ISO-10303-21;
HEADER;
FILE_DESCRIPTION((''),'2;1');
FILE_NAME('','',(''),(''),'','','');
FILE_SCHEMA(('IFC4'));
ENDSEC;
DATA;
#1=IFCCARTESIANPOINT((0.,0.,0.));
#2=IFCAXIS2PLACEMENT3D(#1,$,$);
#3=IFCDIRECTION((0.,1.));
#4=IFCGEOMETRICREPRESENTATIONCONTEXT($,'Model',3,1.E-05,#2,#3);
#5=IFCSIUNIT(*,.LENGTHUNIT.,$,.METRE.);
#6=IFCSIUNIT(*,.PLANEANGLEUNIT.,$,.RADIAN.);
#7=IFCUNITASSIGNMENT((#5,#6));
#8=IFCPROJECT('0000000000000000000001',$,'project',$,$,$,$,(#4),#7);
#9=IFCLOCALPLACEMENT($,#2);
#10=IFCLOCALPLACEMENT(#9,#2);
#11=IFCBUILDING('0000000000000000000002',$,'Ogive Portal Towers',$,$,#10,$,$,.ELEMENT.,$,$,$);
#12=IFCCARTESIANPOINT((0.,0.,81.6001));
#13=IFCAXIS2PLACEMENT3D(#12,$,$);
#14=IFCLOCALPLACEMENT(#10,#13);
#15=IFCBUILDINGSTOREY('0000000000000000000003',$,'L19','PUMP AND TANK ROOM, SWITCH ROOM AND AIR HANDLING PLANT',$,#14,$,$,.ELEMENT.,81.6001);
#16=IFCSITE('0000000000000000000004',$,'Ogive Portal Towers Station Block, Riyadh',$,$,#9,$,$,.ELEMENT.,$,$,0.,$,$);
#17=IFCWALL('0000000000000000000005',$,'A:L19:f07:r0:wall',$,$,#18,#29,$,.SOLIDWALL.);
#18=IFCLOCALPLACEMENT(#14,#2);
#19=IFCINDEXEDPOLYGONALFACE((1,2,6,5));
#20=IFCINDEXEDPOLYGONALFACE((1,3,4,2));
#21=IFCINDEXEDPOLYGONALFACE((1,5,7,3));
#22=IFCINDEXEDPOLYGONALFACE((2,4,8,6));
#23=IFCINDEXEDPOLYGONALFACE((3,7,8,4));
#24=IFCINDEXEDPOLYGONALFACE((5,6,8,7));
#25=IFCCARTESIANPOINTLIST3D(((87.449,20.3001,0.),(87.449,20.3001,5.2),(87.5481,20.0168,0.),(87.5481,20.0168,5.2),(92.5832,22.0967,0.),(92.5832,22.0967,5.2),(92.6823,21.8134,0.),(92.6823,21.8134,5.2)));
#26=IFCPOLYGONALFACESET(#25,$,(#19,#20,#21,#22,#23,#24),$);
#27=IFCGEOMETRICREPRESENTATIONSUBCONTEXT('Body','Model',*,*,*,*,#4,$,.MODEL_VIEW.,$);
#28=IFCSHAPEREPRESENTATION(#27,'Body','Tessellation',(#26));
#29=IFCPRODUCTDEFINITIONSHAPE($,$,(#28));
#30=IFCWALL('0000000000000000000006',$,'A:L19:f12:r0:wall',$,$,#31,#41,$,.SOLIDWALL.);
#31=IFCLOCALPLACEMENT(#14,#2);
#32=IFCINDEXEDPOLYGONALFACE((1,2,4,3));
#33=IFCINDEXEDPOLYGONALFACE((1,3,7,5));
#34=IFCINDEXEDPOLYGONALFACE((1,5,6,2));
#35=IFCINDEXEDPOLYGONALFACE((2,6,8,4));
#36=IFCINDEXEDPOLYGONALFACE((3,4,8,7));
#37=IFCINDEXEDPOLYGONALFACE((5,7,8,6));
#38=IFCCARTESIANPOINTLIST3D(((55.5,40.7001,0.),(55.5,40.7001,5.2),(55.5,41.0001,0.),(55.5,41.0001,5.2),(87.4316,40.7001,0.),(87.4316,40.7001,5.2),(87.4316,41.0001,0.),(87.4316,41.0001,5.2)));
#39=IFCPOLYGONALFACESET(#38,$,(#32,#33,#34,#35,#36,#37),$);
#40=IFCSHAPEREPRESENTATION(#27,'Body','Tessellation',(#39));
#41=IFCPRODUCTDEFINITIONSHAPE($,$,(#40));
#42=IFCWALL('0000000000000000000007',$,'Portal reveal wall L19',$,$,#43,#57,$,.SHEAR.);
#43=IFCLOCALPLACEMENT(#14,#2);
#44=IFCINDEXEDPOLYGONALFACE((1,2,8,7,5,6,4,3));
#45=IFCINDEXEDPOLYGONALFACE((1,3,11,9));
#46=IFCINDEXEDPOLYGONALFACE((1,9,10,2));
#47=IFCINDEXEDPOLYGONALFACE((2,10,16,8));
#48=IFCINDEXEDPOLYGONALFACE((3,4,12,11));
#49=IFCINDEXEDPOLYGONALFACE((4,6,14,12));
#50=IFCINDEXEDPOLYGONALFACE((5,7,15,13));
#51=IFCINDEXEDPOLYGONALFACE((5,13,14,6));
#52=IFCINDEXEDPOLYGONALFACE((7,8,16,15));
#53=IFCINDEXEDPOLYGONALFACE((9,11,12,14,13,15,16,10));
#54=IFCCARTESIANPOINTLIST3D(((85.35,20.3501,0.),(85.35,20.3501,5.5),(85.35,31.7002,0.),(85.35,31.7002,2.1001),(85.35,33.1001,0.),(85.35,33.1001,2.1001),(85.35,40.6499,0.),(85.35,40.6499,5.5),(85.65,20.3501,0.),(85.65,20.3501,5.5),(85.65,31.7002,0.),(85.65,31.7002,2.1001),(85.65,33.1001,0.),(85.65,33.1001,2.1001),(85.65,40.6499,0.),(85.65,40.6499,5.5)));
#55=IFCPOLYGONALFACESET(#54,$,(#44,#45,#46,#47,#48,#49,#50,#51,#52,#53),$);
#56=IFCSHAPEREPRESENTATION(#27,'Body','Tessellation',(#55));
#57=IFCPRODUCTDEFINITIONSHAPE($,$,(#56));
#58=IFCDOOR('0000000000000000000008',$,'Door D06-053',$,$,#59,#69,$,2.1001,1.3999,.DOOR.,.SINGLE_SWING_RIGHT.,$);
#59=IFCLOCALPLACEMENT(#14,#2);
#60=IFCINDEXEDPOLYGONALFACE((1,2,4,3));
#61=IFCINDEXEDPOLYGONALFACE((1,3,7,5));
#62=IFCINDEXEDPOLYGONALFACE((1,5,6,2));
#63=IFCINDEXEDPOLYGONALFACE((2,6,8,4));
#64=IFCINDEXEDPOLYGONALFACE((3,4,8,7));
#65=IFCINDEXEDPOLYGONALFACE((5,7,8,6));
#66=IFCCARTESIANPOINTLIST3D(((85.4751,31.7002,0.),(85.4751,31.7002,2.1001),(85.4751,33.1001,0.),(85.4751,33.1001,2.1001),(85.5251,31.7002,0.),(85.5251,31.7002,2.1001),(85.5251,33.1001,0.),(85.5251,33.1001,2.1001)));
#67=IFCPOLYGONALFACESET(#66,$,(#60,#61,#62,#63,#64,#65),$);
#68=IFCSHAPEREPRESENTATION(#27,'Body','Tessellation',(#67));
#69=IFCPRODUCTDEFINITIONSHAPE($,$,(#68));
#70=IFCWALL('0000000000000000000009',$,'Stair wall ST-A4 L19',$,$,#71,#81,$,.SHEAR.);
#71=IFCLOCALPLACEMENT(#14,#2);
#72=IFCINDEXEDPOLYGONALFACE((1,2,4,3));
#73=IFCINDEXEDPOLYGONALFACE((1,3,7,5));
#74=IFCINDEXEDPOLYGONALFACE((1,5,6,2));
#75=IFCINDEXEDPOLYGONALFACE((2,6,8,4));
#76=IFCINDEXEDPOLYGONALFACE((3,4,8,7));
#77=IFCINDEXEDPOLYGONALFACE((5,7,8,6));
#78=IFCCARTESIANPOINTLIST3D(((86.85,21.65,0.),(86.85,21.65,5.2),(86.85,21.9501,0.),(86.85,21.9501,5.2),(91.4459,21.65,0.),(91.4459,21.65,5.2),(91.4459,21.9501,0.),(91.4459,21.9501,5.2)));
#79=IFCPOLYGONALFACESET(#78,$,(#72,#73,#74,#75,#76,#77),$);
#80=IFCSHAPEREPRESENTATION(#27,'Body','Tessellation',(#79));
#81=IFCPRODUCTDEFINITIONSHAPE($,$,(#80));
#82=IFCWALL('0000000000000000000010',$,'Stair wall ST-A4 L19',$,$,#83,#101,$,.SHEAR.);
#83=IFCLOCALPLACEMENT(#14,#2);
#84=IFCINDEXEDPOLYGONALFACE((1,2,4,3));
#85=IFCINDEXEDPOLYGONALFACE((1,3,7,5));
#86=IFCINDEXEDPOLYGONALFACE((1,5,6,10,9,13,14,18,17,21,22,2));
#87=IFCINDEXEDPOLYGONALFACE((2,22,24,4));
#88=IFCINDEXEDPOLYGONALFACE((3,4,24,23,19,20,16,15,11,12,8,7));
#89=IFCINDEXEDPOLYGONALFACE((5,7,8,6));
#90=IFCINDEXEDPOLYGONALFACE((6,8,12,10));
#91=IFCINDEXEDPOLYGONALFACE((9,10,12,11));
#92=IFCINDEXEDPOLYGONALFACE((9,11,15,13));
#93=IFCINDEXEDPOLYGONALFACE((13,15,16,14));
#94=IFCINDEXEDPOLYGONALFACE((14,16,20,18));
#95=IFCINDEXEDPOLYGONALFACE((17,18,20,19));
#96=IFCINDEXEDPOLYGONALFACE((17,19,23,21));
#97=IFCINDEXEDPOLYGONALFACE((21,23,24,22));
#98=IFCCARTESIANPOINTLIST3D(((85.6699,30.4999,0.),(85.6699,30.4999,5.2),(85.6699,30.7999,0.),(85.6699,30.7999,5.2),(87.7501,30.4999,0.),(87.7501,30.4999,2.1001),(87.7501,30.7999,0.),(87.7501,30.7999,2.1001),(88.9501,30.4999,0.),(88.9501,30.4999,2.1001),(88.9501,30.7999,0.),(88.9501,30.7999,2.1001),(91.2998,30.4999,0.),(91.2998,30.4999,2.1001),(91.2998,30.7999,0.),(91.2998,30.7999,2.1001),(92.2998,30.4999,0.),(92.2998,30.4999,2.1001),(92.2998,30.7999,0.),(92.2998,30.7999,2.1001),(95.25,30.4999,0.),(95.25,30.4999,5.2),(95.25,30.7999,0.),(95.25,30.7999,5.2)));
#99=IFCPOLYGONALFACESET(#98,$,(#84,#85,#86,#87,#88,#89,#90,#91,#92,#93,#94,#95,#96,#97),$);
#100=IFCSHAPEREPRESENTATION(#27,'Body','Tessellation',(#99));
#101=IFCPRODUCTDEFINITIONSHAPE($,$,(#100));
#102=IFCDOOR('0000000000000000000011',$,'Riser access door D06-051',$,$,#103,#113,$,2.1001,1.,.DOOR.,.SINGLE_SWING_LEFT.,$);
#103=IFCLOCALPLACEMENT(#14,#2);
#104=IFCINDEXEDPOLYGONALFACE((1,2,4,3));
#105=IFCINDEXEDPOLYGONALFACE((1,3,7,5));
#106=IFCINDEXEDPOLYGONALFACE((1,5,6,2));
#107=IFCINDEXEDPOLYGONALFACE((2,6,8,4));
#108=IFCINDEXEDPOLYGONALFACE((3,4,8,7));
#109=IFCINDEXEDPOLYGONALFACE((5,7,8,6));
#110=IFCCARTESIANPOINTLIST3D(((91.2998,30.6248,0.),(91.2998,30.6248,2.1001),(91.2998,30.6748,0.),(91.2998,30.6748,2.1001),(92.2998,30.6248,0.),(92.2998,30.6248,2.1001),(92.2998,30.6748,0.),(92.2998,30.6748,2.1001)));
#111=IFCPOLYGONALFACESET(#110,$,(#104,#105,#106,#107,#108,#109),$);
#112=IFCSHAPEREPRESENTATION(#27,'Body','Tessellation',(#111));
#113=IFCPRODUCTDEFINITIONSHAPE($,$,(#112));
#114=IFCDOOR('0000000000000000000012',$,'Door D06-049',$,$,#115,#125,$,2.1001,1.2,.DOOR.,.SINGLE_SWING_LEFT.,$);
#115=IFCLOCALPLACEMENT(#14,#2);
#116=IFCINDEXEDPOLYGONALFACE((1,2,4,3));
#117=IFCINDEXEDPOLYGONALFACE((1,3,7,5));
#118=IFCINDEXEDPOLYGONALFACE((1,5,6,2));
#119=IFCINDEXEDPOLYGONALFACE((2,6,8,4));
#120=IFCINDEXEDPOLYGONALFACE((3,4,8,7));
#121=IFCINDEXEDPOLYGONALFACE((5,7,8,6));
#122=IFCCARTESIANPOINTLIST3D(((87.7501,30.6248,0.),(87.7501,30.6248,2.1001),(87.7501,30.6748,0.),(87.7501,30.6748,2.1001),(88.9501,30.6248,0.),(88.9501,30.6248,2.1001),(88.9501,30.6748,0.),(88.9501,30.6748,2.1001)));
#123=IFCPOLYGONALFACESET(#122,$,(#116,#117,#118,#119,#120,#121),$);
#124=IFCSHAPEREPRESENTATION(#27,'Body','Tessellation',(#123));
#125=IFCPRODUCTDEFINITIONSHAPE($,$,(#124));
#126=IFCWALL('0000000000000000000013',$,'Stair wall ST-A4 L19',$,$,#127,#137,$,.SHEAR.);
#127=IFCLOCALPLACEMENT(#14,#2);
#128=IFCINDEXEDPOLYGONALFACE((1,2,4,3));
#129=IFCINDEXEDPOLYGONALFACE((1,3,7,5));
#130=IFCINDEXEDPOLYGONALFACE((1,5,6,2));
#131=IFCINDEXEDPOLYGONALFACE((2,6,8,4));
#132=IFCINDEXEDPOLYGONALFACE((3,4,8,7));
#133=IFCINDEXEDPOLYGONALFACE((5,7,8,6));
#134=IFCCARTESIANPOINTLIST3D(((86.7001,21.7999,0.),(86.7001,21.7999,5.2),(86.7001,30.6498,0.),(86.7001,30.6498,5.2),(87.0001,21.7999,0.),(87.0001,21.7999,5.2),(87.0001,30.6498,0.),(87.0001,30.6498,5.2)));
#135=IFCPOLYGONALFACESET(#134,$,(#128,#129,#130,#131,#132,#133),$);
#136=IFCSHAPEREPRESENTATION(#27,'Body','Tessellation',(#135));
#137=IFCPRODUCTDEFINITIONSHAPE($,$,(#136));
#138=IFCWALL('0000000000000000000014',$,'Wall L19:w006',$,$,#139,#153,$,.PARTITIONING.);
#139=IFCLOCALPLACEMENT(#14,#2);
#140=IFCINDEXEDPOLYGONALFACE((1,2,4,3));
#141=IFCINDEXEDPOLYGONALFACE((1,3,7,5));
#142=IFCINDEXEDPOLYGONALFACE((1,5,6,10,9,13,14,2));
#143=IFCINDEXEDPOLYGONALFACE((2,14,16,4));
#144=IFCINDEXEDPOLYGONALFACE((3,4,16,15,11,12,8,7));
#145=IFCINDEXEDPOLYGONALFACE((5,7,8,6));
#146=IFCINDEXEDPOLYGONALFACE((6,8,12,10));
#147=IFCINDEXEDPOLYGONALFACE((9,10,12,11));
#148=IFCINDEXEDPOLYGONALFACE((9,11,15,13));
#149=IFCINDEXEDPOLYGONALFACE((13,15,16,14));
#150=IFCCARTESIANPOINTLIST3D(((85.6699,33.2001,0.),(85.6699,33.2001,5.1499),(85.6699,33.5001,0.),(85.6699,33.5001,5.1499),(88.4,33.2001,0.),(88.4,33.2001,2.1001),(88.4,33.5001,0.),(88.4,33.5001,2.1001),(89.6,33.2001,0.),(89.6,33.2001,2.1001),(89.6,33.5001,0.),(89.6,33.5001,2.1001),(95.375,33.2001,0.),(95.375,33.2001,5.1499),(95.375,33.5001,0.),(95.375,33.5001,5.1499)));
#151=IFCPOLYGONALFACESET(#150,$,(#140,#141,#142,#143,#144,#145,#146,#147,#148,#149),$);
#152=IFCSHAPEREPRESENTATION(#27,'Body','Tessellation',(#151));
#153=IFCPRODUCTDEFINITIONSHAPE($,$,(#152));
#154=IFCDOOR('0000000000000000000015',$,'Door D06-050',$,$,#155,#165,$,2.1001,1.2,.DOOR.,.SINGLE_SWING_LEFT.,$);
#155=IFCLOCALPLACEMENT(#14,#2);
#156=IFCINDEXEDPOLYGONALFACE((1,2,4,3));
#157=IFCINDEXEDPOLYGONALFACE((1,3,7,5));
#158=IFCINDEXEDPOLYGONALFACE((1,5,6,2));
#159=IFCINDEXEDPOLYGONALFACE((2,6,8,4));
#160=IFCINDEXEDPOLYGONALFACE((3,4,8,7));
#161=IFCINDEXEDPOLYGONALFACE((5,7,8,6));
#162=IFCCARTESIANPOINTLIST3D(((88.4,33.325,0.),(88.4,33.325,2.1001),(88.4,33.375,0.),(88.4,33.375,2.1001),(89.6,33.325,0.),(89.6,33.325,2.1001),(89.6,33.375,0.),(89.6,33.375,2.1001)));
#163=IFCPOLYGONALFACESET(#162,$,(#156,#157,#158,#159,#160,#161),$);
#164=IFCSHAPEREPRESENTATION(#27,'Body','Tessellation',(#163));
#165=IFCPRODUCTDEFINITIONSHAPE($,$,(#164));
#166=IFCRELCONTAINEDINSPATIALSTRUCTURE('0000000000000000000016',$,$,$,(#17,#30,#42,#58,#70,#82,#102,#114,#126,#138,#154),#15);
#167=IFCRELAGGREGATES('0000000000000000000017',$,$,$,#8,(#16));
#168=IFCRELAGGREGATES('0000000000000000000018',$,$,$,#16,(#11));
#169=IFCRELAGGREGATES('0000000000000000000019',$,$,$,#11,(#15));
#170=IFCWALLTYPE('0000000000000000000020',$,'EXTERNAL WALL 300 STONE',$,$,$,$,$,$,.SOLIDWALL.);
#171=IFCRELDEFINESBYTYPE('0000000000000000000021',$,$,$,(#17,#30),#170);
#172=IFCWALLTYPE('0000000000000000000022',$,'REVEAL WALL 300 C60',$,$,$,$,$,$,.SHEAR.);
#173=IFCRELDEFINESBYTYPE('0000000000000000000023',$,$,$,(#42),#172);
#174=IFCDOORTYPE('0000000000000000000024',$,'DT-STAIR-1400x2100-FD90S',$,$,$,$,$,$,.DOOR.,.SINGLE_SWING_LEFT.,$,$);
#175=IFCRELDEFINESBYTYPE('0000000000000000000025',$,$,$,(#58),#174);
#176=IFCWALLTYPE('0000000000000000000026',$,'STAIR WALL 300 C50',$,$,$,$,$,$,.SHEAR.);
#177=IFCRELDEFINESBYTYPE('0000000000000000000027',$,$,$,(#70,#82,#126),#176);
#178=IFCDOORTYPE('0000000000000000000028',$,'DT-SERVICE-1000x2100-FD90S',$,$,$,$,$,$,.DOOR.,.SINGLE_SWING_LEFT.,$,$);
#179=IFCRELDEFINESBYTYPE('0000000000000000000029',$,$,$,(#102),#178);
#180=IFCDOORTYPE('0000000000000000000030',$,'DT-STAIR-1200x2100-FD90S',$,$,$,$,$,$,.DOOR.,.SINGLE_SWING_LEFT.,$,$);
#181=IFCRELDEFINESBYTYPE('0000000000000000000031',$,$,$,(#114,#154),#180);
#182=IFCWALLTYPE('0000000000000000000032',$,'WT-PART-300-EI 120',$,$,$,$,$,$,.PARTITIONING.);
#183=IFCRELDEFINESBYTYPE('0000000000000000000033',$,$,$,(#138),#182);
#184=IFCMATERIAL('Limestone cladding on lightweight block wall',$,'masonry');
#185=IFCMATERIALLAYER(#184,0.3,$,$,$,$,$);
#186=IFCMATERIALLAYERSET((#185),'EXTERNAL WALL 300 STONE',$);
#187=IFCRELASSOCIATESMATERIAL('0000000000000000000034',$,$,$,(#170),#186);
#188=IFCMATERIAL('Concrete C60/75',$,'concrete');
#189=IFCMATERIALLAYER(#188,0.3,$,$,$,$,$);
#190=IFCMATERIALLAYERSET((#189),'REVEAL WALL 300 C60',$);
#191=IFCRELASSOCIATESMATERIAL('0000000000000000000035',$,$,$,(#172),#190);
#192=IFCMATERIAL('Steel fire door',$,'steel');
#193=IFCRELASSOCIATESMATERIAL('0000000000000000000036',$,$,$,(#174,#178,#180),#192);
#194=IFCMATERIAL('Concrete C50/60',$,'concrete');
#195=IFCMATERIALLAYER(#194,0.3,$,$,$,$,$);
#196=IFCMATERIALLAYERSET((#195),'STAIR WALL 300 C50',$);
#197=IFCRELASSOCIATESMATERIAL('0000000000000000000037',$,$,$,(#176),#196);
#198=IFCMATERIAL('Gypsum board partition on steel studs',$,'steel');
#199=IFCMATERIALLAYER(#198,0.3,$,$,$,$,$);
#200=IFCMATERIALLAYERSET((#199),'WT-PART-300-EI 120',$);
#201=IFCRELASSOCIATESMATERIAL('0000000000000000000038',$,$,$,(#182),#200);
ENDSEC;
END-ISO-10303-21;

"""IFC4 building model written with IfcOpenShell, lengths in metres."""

from ifc_helpers import new_model, si_unit, direction, frame, frame_2d, origin, place, context, subcontext, project, spatial, rectangle, extrude, material, layer, layer_set, type_object, element, fill, save


model = new_model("IFC4")

# Units and contexts
model_context = context("Model", 3, precision=1e-05, world=origin(), true_north=direction((0.0, 1.0)))
body_context = subcontext(model_context, "Body", "Model", "MODEL_VIEW")
ifc_project = project(units=[si_unit("LENGTHUNIT", "METRE"), si_unit("PLANEANGLEUNIT", "RADIAN")], contexts=[model_context])

# Site, building, storey
site_placement = place(None, origin())
site = spatial("IfcSite", under=ifc_project, at=site_placement, Name="Ogive Portal Towers Station Block, Riyadh", CompositionType="ELEMENT", RefElevation=0.0)
building_placement = place(site_placement, origin())
building = spatial("IfcBuilding", under=site, at=building_placement, Name="Ogive Portal Towers", CompositionType="ELEMENT")
storey_placement = place(building_placement, frame((0.0, 0.0, 81.6001)))
storey = spatial("IfcBuildingStorey", under=building, at=storey_placement, Name="L19", Description="PUMP AND TANK ROOM, SWITCH ROOM AND AIR HANDLING PLANT", CompositionType="ELEMENT", Elevation=81.6001)

# Shared definitions
ifc_material_1 = material(Name="Concrete C60/75", Category="concrete")

# Walls
ifc_material_2 = material(Name="Limestone cladding on lightweight block wall", Category="masonry")
ifc_layer_1 = layer(ifc_material_2, 0.3)
ifc_layer_set_1 = layer_set([ifc_layer_1], Name="EXTERNAL WALL 300 STONE")
wall_type_1 = type_object("IfcWallType", Name="EXTERNAL WALL 300 STONE", PredefinedType="SOLIDWALL", material=ifc_layer_set_1)
wall_1_placement = place(storey_placement, frame((87.4985, 20.1584, 0.0), z_axis=(0.0, 0.0, 1.0), x_axis=(0.943879, 0.33029, 0.0)))
element("IfcWall", 1, at=wall_1_placement, inside=storey, type_object=wall_type_1, Name="A:L19:f07:r0:wall", PredefinedType="SOLIDWALL", context=body_context, shape_type="SweptSolid", body=[
    extrude(rectangle(XDim=5.4395, YDim=0.3, at=frame_2d((2.7197, 0.0))), origin(), (0.0, 0.0, 1.0), 5.2),
])
wall_2_placement = place(storey_placement, frame((87.4316, 40.8501, 0.0), z_axis=(0.0, 0.0, 1.0), x_axis=(-1.0, 0.0, 0.0)))
element("IfcWall", 2, at=wall_2_placement, inside=storey, type_object=wall_type_1, Name="A:L19:f12:r0:wall", PredefinedType="SOLIDWALL", context=body_context, shape_type="SweptSolid", body=[
    extrude(rectangle(XDim=31.9316, YDim=0.3, at=frame_2d((15.9658, 0.0))), origin(), (0.0, 0.0, 1.0), 5.2),
])

# Wall, opening, door
ifc_layer_2 = layer(ifc_material_1, 0.3)
ifc_layer_set_2 = layer_set([ifc_layer_2], Name="REVEAL WALL 300 C60")
wall_type_2 = type_object("IfcWallType", Name="REVEAL WALL 300 C60", PredefinedType="SHEAR", material=ifc_layer_set_2)
wall_3_placement = place(storey_placement, frame((85.5, 20.3501, 0.0), z_axis=(0.0, 0.0, 1.0), x_axis=(0.0, 1.0, 0.0)))
wall_3 = element("IfcWall", 3, at=wall_3_placement, inside=storey, type_object=wall_type_2, Name="Portal reveal wall L19", PredefinedType="SHEAR", context=body_context, shape_type="SweptSolid", body=[
    extrude(rectangle(XDim=20.2998, YDim=0.3, at=frame_2d((10.1499, 0.0))), origin(), (0.0, 0.0, 1.0), 5.5),
])
opening_1_placement = place(wall_3_placement, frame((11.3501, 0.0, 0.0)))
opening_1 = element("IfcOpeningElement", 4, at=opening_1_placement, cuts=wall_3, PredefinedType="OPENING", context=body_context, shape_type="SweptSolid", body=[
    extrude(rectangle(XDim=1.3999, YDim=2.1001, at=frame_2d((0.7, 1.05))), frame((0.0, 0.1602, 0.0), z_axis=(0.0, -1.0, 0.0), x_axis=(1.0, 0.0, 0.0)), (0.0, 0.0, 1.0), 0.3201),
])
ifc_material_3 = material(Name="Steel fire door", Category="steel")
door_type_1 = type_object("IfcDoorType", Name="DT-STAIR-1400x2100-FD90S", OperationType="SINGLE_SWING_LEFT", PredefinedType="DOOR", material=ifc_material_3)
door_1_placement = place(opening_1_placement, origin())
door_1 = element("IfcDoor", 5, at=door_1_placement, inside=storey, type_object=door_type_1, Name="Door D06-053", OperationType="SINGLE_SWING_RIGHT", OverallHeight=2.1001, OverallWidth=1.3999, PredefinedType="DOOR", context=body_context, shape_type="SweptSolid", body=[
    extrude(rectangle(XDim=1.3999, YDim=2.1001, at=frame_2d((0.7, 1.05))), frame((0.0, 0.0249, 0.0), z_axis=(0.0, -1.0, 0.0), x_axis=(1.0, 0.0, 0.0)), (0.0, 0.0, 1.0), 0.05),
])
fill(opening_1, door_1)

# Wall
ifc_material_4 = material(Name="Concrete C50/60", Category="concrete")
ifc_layer_3 = layer(ifc_material_4, 0.3)
ifc_layer_set_3 = layer_set([ifc_layer_3], Name="STAIR WALL 300 C50")
wall_type_3 = type_object("IfcWallType", Name="STAIR WALL 300 C50", PredefinedType="SHEAR", material=ifc_layer_set_3)
wall_4_placement = place(storey_placement, frame((86.8501, 21.8, 0.0), z_axis=(0.0, 0.0, 1.0), x_axis=(1.0, 0.0, 0.0)))
element("IfcWall", 6, at=wall_4_placement, inside=storey, type_object=wall_type_3, Name="Stair wall ST-A4 L19", PredefinedType="SHEAR", context=body_context, shape_type="SweptSolid", body=[
    extrude(rectangle(XDim=4.5959, YDim=0.3, at=frame_2d((2.2979, 0.0))), origin(), (0.0, 0.0, 1.0), 5.2),
])

# Wall, openings, doors
wall_5_placement = place(storey_placement, frame((85.6699, 30.6499, 0.0), z_axis=(0.0, 0.0, 1.0), x_axis=(1.0, 0.0, 0.0)))
wall_5 = element("IfcWall", 7, at=wall_5_placement, inside=storey, type_object=wall_type_3, Name="Stair wall ST-A4 L19", PredefinedType="SHEAR", context=body_context, shape_type="SweptSolid", body=[
    extrude(rectangle(XDim=9.5801, YDim=0.3, at=frame_2d((4.79, 0.0))), origin(), (0.0, 0.0, 1.0), 5.2),
])
opening_2_placement = place(wall_5_placement, frame((2.0801, 0.0, 0.0)))
opening_2 = element("IfcOpeningElement", 8, at=opening_2_placement, cuts=wall_5, PredefinedType="OPENING", context=body_context, shape_type="SweptSolid", body=[
    extrude(rectangle(XDim=1.2, YDim=2.1001, at=frame_2d((0.6001, 1.05))), frame((0.0, 0.1602, 0.0), z_axis=(0.0, -1.0, 0.0), x_axis=(1.0, 0.0, 0.0)), (0.0, 0.0, 1.0), 0.3201),
])
opening_3_placement = place(wall_5_placement, frame((5.6299, 0.0, 0.0)))
opening_3 = element("IfcOpeningElement", 9, at=opening_3_placement, cuts=wall_5, PredefinedType="OPENING", context=body_context, shape_type="SweptSolid", body=[
    extrude(rectangle(XDim=1.0, YDim=2.1001, at=frame_2d((0.5, 1.05))), frame((0.0, 0.1602, 0.0), z_axis=(0.0, -1.0, 0.0), x_axis=(1.0, 0.0, 0.0)), (0.0, 0.0, 1.0), 0.3201),
])
door_type_2 = type_object("IfcDoorType", Name="DT-SERVICE-1000x2100-FD90S", OperationType="SINGLE_SWING_LEFT", PredefinedType="DOOR", material=ifc_material_3)
door_2_placement = place(opening_3_placement, origin())
door_2 = element("IfcDoor", 10, at=door_2_placement, inside=storey, type_object=door_type_2, Name="Riser access door D06-051", OperationType="SINGLE_SWING_LEFT", OverallHeight=2.1001, OverallWidth=1.0, PredefinedType="DOOR", context=body_context, shape_type="SweptSolid", body=[
    extrude(rectangle(XDim=1.0, YDim=2.1001, at=frame_2d((0.5, 1.05))), frame((0.0, 0.0249, 0.0), z_axis=(0.0, -1.0, 0.0), x_axis=(1.0, 0.0, 0.0)), (0.0, 0.0, 1.0), 0.05),
])
fill(opening_3, door_2)
door_type_3 = type_object("IfcDoorType", Name="DT-STAIR-1200x2100-FD90S", OperationType="SINGLE_SWING_LEFT", PredefinedType="DOOR", material=ifc_material_3)
door_3_placement = place(opening_2_placement, origin())
door_3 = element("IfcDoor", 11, at=door_3_placement, inside=storey, type_object=door_type_3, Name="Door D06-049", OperationType="SINGLE_SWING_LEFT", OverallHeight=2.1001, OverallWidth=1.2, PredefinedType="DOOR", context=body_context, shape_type="SweptSolid", body=[
    extrude(rectangle(XDim=1.2, YDim=2.1001, at=frame_2d((0.6001, 1.05))), frame((0.0, 0.0249, 0.0), z_axis=(0.0, -1.0, 0.0), x_axis=(1.0, 0.0, 0.0)), (0.0, 0.0, 1.0), 0.05),
])
fill(opening_2, door_3)

# Wall
wall_6_placement = place(storey_placement, frame((86.8501, 21.8, 0.0), z_axis=(0.0, 0.0, 1.0), x_axis=(0.0, 1.0, 0.0)))
element("IfcWall", 12, at=wall_6_placement, inside=storey, type_object=wall_type_3, Name="Stair wall ST-A4 L19", PredefinedType="SHEAR", context=body_context, shape_type="SweptSolid", body=[
    extrude(rectangle(XDim=8.8499, YDim=0.3, at=frame_2d((4.4248, 0.0))), origin(), (0.0, 0.0, 1.0), 5.2),
])

# Wall, opening, door
ifc_material_5 = material(Name="Gypsum board partition on steel studs", Category="steel")
ifc_layer_4 = layer(ifc_material_5, 0.3)
ifc_layer_set_4 = layer_set([ifc_layer_4], Name="WT-PART-300-EI 120")
wall_type_4 = type_object("IfcWallType", Name="WT-PART-300-EI 120", PredefinedType="PARTITIONING", material=ifc_layer_set_4)
wall_7_placement = place(storey_placement, frame((85.6699, 33.3501, 0.0), z_axis=(0.0, 0.0, 1.0), x_axis=(1.0, 0.0, 0.0)))
wall_7 = element("IfcWall", 13, at=wall_7_placement, inside=storey, type_object=wall_type_4, Name="Wall L19:w006", PredefinedType="PARTITIONING", context=body_context, shape_type="SweptSolid", body=[
    extrude(rectangle(XDim=9.7051, YDim=0.3, at=frame_2d((4.8525, 0.0))), origin(), (0.0, 0.0, 1.0), 5.1499),
])
opening_4_placement = place(wall_7_placement, frame((2.73, 0.0, 0.0)))
opening_4 = element("IfcOpeningElement", 14, at=opening_4_placement, cuts=wall_7, PredefinedType="OPENING", context=body_context, shape_type="SweptSolid", body=[
    extrude(rectangle(XDim=1.2, YDim=2.1001, at=frame_2d((0.6001, 1.05))), frame((0.0, 0.1602, 0.0), z_axis=(0.0, -1.0, 0.0), x_axis=(1.0, 0.0, 0.0)), (0.0, 0.0, 1.0), 0.3201),
])
door_4_placement = place(opening_4_placement, origin())
door_4 = element("IfcDoor", 15, at=door_4_placement, inside=storey, type_object=door_type_3, Name="Door D06-050", OperationType="SINGLE_SWING_LEFT", OverallHeight=2.1001, OverallWidth=1.2, PredefinedType="DOOR", context=body_context, shape_type="SweptSolid", body=[
    extrude(rectangle(XDim=1.2, YDim=2.1001, at=frame_2d((0.6001, 1.05))), frame((0.0, 0.0249, 0.0), z_axis=(0.0, -1.0, 0.0), x_axis=(1.0, 0.0, 0.0)), (0.0, 0.0, 1.0), 0.05),
])
fill(opening_4, door_4)

save(model, "model.ifc")
